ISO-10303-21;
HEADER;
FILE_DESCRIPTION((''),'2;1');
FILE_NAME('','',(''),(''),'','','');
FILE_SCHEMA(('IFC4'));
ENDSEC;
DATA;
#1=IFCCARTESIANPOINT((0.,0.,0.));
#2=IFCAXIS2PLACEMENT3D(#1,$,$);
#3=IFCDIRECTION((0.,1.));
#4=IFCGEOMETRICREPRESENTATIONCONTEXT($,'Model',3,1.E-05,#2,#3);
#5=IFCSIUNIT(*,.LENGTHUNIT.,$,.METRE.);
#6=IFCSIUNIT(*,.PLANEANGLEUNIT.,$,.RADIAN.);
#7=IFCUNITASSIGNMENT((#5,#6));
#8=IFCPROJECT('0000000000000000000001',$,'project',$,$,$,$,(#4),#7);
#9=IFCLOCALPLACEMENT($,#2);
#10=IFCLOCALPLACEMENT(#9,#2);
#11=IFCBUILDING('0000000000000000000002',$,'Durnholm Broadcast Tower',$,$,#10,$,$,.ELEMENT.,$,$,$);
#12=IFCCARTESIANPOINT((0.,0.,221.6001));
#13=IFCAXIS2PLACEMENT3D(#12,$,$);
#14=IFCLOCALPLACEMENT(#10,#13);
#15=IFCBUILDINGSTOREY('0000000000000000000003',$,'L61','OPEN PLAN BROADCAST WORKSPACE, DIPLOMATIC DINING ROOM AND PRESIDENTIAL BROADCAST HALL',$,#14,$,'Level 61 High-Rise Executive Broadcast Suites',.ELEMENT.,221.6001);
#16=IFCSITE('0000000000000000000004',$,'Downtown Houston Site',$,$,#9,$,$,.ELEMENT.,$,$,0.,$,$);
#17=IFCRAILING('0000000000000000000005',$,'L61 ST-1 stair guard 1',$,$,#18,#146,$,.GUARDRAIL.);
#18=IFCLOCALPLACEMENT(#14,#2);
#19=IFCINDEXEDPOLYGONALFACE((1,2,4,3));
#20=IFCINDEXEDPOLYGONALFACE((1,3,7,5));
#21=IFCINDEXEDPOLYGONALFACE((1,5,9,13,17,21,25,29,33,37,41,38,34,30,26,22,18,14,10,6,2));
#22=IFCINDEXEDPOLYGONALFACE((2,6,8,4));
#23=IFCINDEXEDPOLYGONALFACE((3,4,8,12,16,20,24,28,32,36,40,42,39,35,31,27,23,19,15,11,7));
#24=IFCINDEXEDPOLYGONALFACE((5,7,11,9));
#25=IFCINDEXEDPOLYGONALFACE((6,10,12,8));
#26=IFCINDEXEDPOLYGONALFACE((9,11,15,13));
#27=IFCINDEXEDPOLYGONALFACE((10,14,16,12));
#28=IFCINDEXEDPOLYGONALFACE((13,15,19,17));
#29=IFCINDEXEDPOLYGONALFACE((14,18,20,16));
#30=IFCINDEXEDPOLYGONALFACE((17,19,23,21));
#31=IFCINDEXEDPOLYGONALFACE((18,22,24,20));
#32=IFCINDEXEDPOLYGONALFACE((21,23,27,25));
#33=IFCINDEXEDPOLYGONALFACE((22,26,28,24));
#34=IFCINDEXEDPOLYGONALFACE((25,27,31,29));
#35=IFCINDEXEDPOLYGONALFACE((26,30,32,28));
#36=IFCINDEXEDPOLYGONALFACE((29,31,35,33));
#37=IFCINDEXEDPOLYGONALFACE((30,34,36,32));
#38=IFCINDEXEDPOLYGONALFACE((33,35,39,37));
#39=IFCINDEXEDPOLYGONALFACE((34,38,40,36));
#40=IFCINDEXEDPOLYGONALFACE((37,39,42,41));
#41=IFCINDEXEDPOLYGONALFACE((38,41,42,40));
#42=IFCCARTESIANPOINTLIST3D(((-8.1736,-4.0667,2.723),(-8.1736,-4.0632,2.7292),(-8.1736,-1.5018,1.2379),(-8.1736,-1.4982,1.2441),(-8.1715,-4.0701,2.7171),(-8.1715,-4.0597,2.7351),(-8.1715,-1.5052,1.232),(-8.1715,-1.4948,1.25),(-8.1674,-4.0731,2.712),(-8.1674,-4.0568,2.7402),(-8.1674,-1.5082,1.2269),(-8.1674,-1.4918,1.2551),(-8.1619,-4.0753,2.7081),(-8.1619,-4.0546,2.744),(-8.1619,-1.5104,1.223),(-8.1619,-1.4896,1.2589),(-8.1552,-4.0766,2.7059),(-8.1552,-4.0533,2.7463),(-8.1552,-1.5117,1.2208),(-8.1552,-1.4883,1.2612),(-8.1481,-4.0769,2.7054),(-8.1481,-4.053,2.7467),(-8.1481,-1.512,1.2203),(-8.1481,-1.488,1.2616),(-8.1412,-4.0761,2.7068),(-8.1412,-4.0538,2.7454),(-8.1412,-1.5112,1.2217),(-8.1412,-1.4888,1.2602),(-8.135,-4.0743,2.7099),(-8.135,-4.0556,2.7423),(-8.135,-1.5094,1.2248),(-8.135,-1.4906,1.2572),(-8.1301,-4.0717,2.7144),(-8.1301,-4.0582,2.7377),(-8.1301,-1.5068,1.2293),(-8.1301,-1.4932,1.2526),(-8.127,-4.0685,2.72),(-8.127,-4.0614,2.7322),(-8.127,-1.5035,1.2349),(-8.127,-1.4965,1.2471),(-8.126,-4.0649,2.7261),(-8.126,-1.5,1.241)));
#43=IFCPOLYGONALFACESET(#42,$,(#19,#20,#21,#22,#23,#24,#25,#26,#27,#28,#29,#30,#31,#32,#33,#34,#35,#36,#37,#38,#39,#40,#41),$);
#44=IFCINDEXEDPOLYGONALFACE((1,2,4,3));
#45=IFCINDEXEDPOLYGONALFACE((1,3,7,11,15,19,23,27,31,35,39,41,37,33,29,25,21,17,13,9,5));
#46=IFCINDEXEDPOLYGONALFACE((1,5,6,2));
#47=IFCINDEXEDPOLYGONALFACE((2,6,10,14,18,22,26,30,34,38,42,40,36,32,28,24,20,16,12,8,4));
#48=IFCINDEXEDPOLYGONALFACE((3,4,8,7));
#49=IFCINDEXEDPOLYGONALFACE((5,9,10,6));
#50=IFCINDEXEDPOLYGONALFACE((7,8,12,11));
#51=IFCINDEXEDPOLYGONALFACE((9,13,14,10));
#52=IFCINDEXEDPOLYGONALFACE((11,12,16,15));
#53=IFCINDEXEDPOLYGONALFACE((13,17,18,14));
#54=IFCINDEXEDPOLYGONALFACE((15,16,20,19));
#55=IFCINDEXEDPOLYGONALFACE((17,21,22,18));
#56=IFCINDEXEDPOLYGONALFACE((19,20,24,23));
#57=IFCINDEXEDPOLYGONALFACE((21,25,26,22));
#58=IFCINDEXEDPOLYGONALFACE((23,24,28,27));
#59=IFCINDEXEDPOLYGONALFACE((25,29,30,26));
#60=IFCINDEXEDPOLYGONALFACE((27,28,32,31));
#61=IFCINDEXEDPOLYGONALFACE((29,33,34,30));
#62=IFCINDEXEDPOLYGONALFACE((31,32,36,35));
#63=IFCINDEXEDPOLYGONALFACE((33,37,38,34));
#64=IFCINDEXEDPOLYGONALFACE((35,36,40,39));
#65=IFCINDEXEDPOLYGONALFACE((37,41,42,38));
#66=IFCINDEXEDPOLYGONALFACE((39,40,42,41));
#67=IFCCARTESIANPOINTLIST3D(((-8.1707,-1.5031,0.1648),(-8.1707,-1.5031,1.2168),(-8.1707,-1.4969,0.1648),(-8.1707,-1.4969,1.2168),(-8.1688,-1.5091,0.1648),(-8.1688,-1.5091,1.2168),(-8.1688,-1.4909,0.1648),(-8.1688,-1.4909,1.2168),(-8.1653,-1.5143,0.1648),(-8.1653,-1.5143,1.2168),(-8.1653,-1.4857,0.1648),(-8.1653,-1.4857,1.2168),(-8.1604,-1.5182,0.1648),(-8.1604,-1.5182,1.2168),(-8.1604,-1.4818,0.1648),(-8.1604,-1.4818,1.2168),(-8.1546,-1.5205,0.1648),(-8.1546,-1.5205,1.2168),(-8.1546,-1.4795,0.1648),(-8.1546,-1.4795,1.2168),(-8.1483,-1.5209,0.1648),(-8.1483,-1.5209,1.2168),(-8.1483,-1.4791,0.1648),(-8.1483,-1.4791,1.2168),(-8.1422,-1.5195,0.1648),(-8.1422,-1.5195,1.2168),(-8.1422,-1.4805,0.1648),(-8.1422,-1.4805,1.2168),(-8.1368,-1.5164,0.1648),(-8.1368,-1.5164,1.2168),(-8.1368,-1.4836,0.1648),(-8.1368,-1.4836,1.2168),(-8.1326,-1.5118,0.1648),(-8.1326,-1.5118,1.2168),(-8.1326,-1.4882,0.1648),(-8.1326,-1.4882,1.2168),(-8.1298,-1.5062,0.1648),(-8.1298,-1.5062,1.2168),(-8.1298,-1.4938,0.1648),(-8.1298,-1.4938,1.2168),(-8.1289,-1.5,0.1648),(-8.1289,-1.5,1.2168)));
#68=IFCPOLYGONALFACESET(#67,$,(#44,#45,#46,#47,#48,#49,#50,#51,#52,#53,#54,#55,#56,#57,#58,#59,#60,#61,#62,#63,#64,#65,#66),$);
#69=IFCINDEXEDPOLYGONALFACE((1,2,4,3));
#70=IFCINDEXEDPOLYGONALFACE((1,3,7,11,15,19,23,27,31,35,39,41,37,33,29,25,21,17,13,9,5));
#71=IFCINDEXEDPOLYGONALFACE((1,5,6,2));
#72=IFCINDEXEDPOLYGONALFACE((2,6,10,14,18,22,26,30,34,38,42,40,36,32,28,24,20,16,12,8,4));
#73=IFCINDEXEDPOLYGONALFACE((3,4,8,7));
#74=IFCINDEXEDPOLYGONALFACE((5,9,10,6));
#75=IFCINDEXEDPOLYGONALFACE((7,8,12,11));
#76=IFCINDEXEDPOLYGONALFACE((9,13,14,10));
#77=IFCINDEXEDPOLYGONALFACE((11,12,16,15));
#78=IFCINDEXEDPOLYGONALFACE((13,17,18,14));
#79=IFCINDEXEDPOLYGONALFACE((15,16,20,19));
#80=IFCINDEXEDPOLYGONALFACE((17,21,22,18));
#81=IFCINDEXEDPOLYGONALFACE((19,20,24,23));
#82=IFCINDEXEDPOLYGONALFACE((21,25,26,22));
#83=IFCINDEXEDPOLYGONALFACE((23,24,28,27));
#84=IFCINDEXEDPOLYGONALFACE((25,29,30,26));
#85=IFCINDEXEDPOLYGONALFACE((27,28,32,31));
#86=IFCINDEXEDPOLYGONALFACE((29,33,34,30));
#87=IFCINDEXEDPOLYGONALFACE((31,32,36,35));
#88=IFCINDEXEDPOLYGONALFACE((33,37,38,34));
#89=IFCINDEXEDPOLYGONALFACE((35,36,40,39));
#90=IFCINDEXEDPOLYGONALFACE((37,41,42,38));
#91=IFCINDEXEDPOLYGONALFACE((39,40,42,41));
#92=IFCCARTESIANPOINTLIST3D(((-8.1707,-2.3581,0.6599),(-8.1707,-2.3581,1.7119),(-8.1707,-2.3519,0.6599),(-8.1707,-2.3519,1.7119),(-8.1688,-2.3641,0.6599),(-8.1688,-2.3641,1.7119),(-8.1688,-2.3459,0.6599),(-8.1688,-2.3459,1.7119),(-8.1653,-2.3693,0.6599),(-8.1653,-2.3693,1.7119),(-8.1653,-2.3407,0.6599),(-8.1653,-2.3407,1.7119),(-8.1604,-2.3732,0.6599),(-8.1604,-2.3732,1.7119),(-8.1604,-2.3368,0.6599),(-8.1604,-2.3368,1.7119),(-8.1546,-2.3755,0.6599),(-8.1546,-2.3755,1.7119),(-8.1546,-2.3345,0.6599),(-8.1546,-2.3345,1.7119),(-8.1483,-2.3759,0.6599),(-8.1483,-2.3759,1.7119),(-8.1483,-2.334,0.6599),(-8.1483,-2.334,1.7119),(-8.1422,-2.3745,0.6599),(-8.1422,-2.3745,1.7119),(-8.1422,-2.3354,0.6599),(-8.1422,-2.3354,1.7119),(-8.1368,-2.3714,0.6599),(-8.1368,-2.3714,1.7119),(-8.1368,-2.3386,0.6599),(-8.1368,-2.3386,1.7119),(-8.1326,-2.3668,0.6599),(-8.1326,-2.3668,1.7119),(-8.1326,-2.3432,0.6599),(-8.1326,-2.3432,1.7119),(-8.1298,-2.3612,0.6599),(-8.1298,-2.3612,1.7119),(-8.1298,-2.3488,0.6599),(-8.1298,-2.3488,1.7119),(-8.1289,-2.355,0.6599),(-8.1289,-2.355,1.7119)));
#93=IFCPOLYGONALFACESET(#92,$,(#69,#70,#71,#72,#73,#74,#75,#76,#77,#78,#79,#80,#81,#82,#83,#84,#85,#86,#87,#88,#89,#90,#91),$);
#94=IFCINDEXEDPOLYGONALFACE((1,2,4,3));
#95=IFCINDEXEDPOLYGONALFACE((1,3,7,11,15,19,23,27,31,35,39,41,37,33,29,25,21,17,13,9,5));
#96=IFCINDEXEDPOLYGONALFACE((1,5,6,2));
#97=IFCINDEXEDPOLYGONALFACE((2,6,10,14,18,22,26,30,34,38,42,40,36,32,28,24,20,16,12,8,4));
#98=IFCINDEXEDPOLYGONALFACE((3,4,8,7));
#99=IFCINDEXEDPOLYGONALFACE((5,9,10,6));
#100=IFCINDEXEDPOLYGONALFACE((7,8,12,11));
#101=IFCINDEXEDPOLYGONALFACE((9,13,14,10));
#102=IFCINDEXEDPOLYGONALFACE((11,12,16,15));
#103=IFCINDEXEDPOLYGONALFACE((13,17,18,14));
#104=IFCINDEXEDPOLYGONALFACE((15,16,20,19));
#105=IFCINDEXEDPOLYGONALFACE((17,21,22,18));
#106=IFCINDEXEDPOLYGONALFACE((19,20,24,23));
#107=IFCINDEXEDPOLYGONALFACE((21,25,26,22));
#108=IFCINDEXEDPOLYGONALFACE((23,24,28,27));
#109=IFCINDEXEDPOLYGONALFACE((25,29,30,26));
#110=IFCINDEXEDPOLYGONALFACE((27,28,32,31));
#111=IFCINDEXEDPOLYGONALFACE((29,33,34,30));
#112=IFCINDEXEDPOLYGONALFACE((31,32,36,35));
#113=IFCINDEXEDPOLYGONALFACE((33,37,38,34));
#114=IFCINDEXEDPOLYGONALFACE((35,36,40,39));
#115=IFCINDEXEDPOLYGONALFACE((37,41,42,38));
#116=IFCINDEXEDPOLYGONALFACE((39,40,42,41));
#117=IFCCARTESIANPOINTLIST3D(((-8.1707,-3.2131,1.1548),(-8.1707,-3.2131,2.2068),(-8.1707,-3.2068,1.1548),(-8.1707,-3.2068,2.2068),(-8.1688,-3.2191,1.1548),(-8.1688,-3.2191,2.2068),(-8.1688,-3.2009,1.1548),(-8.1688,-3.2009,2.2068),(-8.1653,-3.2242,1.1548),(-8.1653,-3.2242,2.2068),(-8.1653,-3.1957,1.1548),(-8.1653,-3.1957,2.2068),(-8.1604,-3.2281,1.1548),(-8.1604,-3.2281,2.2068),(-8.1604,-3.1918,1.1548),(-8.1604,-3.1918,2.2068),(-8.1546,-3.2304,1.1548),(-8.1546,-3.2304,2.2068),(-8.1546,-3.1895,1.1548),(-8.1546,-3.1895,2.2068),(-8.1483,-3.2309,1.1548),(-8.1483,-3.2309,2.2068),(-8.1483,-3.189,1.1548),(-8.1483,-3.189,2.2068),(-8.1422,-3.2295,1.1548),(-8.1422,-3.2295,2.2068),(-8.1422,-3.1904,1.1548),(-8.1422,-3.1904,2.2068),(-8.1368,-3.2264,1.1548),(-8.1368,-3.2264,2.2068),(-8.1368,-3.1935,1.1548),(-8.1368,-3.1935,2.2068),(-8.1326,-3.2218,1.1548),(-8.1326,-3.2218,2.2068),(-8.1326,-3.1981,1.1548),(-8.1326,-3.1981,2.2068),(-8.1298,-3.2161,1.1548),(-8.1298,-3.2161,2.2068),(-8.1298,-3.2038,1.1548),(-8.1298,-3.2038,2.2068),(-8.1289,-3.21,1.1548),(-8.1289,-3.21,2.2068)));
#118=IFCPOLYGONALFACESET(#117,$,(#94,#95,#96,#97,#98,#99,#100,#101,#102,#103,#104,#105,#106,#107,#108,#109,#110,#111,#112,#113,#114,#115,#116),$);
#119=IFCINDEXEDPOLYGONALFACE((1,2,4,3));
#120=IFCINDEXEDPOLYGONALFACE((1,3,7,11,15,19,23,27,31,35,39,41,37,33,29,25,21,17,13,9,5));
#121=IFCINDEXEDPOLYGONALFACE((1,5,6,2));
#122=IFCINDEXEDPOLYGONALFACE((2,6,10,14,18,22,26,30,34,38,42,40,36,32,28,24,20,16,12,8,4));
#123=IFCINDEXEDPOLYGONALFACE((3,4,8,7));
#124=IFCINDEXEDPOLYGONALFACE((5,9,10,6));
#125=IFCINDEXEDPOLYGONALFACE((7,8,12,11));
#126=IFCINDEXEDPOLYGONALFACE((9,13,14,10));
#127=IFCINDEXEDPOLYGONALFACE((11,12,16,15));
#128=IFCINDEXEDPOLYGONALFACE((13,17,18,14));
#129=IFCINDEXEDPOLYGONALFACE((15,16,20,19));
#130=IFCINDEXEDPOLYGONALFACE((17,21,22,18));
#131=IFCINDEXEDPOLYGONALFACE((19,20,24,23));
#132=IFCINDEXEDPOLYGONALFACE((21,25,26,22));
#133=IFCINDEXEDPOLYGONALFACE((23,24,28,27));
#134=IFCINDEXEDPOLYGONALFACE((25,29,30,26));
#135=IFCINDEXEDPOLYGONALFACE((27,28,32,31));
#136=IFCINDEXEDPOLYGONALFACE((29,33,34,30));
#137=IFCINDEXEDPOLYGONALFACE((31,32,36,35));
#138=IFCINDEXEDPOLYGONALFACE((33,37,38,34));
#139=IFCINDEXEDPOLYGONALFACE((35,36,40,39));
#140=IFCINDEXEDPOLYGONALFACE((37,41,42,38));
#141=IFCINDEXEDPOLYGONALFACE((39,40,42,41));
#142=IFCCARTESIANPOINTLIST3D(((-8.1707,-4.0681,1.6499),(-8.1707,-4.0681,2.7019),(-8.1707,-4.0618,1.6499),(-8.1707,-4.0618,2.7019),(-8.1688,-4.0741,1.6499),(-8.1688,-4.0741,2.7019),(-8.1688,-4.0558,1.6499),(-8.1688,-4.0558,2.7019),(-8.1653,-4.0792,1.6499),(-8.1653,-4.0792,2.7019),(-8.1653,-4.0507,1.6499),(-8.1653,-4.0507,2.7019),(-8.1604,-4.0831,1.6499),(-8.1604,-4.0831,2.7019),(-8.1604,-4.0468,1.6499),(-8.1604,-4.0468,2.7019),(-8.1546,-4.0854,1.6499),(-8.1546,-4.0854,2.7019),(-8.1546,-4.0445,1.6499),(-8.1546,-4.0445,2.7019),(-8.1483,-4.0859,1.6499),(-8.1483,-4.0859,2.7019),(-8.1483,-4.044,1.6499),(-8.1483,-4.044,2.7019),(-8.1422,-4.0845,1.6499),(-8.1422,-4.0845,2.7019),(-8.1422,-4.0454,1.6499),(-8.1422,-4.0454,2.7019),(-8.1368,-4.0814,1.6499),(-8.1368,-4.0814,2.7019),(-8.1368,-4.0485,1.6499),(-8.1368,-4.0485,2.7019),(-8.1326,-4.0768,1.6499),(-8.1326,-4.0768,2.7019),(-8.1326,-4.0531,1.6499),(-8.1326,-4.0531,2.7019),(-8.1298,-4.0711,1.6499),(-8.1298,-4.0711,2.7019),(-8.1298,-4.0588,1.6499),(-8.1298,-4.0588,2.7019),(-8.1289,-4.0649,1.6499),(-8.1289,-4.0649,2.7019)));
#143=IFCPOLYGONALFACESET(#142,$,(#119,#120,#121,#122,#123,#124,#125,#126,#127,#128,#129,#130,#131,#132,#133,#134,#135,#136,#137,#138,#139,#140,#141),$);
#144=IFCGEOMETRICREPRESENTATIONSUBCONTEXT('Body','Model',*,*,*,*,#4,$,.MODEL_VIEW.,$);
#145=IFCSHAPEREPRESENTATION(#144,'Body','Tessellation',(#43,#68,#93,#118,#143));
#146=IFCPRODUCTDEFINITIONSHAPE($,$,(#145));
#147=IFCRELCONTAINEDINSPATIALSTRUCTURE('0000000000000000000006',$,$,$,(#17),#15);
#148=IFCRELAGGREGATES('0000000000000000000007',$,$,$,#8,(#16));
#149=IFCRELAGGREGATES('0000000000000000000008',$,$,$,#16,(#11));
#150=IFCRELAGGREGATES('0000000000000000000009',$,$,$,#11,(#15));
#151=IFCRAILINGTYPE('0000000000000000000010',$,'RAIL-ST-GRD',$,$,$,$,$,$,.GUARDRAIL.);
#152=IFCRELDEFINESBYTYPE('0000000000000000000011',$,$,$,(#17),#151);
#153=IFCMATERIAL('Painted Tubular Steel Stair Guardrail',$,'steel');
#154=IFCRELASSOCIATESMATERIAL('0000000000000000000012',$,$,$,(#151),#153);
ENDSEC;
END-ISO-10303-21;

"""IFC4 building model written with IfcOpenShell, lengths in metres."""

from ifc_helpers import new_model, si_unit, direction, frame, origin, origin_2d, place, context, subcontext, project, spatial, circle, extrude, material, type_object, element, save


model = new_model("IFC4")

# Units and contexts
model_context = context("Model", 3, precision=1e-05, world=origin(), true_north=direction((0.0, 1.0)))
body_context = subcontext(model_context, "Body", "Model", "MODEL_VIEW")
ifc_project = project(units=[si_unit("LENGTHUNIT", "METRE"), si_unit("PLANEANGLEUNIT", "RADIAN")], contexts=[model_context])

# Site, building, storey
site_placement = place(None, origin())
site = spatial("IfcSite", under=ifc_project, at=site_placement, Name="Downtown Houston Site", CompositionType="ELEMENT", RefElevation=0.0)
building_placement = place(site_placement, origin())
building = spatial("IfcBuilding", under=site, at=building_placement, Name="Durnholm Broadcast Tower", CompositionType="ELEMENT")
storey_placement = place(building_placement, frame((0.0, 0.0, 221.6001)))
storey = spatial("IfcBuildingStorey", under=building, at=storey_placement, Name="L61", Description="OPEN PLAN BROADCAST WORKSPACE, DIPLOMATIC DINING ROOM AND PRESIDENTIAL BROADCAST HALL", LongName="Level 61 High-Rise Executive Broadcast Suites", CompositionType="ELEMENT", Elevation=221.6001)

# Railing
ifc_material_1 = material(Name="Painted Tubular Steel Stair Guardrail", Category="steel")
railing_type_1 = type_object("IfcRailingType", Name="RAIL-ST-GRD", PredefinedType="GUARDRAIL", material=ifc_material_1)
railing_1_placement = place(storey_placement, frame((-8.1499, -1.5, 0.1648)))
element("IfcRailing", 1, at=railing_1_placement, inside=storey, type_object=railing_type_1, Name="L61 ST-1 stair guard 1", PredefinedType="GUARDRAIL", context=body_context, shape_type="SweptSolid", body=[
    extrude(circle(Radius=0.0239, at=origin_2d()), frame((0.0, 0.0, 1.0762), z_axis=(0.0, -0.865406, 0.501072), x_axis=(1.0, 0.0, 0.0)), (0.0, 0.0, 1.0), 2.9639),
    extrude(circle(Radius=0.021, at=origin_2d()), origin(), (0.0, 0.0, 1.0), 1.052),
    extrude(circle(Radius=0.021, at=origin_2d()), frame((0.0, -0.855, 0.4951)), (0.0, 0.0, 1.0), 1.052),
    extrude(circle(Radius=0.021, at=origin_2d()), frame((0.0, -1.71, 0.99)), (0.0, 0.0, 1.0), 1.052),
    extrude(circle(Radius=0.021, at=origin_2d()), frame((0.0, -2.5649, 1.4851)), (0.0, 0.0, 1.0), 1.052),
])

save(model, "model.ifc")
